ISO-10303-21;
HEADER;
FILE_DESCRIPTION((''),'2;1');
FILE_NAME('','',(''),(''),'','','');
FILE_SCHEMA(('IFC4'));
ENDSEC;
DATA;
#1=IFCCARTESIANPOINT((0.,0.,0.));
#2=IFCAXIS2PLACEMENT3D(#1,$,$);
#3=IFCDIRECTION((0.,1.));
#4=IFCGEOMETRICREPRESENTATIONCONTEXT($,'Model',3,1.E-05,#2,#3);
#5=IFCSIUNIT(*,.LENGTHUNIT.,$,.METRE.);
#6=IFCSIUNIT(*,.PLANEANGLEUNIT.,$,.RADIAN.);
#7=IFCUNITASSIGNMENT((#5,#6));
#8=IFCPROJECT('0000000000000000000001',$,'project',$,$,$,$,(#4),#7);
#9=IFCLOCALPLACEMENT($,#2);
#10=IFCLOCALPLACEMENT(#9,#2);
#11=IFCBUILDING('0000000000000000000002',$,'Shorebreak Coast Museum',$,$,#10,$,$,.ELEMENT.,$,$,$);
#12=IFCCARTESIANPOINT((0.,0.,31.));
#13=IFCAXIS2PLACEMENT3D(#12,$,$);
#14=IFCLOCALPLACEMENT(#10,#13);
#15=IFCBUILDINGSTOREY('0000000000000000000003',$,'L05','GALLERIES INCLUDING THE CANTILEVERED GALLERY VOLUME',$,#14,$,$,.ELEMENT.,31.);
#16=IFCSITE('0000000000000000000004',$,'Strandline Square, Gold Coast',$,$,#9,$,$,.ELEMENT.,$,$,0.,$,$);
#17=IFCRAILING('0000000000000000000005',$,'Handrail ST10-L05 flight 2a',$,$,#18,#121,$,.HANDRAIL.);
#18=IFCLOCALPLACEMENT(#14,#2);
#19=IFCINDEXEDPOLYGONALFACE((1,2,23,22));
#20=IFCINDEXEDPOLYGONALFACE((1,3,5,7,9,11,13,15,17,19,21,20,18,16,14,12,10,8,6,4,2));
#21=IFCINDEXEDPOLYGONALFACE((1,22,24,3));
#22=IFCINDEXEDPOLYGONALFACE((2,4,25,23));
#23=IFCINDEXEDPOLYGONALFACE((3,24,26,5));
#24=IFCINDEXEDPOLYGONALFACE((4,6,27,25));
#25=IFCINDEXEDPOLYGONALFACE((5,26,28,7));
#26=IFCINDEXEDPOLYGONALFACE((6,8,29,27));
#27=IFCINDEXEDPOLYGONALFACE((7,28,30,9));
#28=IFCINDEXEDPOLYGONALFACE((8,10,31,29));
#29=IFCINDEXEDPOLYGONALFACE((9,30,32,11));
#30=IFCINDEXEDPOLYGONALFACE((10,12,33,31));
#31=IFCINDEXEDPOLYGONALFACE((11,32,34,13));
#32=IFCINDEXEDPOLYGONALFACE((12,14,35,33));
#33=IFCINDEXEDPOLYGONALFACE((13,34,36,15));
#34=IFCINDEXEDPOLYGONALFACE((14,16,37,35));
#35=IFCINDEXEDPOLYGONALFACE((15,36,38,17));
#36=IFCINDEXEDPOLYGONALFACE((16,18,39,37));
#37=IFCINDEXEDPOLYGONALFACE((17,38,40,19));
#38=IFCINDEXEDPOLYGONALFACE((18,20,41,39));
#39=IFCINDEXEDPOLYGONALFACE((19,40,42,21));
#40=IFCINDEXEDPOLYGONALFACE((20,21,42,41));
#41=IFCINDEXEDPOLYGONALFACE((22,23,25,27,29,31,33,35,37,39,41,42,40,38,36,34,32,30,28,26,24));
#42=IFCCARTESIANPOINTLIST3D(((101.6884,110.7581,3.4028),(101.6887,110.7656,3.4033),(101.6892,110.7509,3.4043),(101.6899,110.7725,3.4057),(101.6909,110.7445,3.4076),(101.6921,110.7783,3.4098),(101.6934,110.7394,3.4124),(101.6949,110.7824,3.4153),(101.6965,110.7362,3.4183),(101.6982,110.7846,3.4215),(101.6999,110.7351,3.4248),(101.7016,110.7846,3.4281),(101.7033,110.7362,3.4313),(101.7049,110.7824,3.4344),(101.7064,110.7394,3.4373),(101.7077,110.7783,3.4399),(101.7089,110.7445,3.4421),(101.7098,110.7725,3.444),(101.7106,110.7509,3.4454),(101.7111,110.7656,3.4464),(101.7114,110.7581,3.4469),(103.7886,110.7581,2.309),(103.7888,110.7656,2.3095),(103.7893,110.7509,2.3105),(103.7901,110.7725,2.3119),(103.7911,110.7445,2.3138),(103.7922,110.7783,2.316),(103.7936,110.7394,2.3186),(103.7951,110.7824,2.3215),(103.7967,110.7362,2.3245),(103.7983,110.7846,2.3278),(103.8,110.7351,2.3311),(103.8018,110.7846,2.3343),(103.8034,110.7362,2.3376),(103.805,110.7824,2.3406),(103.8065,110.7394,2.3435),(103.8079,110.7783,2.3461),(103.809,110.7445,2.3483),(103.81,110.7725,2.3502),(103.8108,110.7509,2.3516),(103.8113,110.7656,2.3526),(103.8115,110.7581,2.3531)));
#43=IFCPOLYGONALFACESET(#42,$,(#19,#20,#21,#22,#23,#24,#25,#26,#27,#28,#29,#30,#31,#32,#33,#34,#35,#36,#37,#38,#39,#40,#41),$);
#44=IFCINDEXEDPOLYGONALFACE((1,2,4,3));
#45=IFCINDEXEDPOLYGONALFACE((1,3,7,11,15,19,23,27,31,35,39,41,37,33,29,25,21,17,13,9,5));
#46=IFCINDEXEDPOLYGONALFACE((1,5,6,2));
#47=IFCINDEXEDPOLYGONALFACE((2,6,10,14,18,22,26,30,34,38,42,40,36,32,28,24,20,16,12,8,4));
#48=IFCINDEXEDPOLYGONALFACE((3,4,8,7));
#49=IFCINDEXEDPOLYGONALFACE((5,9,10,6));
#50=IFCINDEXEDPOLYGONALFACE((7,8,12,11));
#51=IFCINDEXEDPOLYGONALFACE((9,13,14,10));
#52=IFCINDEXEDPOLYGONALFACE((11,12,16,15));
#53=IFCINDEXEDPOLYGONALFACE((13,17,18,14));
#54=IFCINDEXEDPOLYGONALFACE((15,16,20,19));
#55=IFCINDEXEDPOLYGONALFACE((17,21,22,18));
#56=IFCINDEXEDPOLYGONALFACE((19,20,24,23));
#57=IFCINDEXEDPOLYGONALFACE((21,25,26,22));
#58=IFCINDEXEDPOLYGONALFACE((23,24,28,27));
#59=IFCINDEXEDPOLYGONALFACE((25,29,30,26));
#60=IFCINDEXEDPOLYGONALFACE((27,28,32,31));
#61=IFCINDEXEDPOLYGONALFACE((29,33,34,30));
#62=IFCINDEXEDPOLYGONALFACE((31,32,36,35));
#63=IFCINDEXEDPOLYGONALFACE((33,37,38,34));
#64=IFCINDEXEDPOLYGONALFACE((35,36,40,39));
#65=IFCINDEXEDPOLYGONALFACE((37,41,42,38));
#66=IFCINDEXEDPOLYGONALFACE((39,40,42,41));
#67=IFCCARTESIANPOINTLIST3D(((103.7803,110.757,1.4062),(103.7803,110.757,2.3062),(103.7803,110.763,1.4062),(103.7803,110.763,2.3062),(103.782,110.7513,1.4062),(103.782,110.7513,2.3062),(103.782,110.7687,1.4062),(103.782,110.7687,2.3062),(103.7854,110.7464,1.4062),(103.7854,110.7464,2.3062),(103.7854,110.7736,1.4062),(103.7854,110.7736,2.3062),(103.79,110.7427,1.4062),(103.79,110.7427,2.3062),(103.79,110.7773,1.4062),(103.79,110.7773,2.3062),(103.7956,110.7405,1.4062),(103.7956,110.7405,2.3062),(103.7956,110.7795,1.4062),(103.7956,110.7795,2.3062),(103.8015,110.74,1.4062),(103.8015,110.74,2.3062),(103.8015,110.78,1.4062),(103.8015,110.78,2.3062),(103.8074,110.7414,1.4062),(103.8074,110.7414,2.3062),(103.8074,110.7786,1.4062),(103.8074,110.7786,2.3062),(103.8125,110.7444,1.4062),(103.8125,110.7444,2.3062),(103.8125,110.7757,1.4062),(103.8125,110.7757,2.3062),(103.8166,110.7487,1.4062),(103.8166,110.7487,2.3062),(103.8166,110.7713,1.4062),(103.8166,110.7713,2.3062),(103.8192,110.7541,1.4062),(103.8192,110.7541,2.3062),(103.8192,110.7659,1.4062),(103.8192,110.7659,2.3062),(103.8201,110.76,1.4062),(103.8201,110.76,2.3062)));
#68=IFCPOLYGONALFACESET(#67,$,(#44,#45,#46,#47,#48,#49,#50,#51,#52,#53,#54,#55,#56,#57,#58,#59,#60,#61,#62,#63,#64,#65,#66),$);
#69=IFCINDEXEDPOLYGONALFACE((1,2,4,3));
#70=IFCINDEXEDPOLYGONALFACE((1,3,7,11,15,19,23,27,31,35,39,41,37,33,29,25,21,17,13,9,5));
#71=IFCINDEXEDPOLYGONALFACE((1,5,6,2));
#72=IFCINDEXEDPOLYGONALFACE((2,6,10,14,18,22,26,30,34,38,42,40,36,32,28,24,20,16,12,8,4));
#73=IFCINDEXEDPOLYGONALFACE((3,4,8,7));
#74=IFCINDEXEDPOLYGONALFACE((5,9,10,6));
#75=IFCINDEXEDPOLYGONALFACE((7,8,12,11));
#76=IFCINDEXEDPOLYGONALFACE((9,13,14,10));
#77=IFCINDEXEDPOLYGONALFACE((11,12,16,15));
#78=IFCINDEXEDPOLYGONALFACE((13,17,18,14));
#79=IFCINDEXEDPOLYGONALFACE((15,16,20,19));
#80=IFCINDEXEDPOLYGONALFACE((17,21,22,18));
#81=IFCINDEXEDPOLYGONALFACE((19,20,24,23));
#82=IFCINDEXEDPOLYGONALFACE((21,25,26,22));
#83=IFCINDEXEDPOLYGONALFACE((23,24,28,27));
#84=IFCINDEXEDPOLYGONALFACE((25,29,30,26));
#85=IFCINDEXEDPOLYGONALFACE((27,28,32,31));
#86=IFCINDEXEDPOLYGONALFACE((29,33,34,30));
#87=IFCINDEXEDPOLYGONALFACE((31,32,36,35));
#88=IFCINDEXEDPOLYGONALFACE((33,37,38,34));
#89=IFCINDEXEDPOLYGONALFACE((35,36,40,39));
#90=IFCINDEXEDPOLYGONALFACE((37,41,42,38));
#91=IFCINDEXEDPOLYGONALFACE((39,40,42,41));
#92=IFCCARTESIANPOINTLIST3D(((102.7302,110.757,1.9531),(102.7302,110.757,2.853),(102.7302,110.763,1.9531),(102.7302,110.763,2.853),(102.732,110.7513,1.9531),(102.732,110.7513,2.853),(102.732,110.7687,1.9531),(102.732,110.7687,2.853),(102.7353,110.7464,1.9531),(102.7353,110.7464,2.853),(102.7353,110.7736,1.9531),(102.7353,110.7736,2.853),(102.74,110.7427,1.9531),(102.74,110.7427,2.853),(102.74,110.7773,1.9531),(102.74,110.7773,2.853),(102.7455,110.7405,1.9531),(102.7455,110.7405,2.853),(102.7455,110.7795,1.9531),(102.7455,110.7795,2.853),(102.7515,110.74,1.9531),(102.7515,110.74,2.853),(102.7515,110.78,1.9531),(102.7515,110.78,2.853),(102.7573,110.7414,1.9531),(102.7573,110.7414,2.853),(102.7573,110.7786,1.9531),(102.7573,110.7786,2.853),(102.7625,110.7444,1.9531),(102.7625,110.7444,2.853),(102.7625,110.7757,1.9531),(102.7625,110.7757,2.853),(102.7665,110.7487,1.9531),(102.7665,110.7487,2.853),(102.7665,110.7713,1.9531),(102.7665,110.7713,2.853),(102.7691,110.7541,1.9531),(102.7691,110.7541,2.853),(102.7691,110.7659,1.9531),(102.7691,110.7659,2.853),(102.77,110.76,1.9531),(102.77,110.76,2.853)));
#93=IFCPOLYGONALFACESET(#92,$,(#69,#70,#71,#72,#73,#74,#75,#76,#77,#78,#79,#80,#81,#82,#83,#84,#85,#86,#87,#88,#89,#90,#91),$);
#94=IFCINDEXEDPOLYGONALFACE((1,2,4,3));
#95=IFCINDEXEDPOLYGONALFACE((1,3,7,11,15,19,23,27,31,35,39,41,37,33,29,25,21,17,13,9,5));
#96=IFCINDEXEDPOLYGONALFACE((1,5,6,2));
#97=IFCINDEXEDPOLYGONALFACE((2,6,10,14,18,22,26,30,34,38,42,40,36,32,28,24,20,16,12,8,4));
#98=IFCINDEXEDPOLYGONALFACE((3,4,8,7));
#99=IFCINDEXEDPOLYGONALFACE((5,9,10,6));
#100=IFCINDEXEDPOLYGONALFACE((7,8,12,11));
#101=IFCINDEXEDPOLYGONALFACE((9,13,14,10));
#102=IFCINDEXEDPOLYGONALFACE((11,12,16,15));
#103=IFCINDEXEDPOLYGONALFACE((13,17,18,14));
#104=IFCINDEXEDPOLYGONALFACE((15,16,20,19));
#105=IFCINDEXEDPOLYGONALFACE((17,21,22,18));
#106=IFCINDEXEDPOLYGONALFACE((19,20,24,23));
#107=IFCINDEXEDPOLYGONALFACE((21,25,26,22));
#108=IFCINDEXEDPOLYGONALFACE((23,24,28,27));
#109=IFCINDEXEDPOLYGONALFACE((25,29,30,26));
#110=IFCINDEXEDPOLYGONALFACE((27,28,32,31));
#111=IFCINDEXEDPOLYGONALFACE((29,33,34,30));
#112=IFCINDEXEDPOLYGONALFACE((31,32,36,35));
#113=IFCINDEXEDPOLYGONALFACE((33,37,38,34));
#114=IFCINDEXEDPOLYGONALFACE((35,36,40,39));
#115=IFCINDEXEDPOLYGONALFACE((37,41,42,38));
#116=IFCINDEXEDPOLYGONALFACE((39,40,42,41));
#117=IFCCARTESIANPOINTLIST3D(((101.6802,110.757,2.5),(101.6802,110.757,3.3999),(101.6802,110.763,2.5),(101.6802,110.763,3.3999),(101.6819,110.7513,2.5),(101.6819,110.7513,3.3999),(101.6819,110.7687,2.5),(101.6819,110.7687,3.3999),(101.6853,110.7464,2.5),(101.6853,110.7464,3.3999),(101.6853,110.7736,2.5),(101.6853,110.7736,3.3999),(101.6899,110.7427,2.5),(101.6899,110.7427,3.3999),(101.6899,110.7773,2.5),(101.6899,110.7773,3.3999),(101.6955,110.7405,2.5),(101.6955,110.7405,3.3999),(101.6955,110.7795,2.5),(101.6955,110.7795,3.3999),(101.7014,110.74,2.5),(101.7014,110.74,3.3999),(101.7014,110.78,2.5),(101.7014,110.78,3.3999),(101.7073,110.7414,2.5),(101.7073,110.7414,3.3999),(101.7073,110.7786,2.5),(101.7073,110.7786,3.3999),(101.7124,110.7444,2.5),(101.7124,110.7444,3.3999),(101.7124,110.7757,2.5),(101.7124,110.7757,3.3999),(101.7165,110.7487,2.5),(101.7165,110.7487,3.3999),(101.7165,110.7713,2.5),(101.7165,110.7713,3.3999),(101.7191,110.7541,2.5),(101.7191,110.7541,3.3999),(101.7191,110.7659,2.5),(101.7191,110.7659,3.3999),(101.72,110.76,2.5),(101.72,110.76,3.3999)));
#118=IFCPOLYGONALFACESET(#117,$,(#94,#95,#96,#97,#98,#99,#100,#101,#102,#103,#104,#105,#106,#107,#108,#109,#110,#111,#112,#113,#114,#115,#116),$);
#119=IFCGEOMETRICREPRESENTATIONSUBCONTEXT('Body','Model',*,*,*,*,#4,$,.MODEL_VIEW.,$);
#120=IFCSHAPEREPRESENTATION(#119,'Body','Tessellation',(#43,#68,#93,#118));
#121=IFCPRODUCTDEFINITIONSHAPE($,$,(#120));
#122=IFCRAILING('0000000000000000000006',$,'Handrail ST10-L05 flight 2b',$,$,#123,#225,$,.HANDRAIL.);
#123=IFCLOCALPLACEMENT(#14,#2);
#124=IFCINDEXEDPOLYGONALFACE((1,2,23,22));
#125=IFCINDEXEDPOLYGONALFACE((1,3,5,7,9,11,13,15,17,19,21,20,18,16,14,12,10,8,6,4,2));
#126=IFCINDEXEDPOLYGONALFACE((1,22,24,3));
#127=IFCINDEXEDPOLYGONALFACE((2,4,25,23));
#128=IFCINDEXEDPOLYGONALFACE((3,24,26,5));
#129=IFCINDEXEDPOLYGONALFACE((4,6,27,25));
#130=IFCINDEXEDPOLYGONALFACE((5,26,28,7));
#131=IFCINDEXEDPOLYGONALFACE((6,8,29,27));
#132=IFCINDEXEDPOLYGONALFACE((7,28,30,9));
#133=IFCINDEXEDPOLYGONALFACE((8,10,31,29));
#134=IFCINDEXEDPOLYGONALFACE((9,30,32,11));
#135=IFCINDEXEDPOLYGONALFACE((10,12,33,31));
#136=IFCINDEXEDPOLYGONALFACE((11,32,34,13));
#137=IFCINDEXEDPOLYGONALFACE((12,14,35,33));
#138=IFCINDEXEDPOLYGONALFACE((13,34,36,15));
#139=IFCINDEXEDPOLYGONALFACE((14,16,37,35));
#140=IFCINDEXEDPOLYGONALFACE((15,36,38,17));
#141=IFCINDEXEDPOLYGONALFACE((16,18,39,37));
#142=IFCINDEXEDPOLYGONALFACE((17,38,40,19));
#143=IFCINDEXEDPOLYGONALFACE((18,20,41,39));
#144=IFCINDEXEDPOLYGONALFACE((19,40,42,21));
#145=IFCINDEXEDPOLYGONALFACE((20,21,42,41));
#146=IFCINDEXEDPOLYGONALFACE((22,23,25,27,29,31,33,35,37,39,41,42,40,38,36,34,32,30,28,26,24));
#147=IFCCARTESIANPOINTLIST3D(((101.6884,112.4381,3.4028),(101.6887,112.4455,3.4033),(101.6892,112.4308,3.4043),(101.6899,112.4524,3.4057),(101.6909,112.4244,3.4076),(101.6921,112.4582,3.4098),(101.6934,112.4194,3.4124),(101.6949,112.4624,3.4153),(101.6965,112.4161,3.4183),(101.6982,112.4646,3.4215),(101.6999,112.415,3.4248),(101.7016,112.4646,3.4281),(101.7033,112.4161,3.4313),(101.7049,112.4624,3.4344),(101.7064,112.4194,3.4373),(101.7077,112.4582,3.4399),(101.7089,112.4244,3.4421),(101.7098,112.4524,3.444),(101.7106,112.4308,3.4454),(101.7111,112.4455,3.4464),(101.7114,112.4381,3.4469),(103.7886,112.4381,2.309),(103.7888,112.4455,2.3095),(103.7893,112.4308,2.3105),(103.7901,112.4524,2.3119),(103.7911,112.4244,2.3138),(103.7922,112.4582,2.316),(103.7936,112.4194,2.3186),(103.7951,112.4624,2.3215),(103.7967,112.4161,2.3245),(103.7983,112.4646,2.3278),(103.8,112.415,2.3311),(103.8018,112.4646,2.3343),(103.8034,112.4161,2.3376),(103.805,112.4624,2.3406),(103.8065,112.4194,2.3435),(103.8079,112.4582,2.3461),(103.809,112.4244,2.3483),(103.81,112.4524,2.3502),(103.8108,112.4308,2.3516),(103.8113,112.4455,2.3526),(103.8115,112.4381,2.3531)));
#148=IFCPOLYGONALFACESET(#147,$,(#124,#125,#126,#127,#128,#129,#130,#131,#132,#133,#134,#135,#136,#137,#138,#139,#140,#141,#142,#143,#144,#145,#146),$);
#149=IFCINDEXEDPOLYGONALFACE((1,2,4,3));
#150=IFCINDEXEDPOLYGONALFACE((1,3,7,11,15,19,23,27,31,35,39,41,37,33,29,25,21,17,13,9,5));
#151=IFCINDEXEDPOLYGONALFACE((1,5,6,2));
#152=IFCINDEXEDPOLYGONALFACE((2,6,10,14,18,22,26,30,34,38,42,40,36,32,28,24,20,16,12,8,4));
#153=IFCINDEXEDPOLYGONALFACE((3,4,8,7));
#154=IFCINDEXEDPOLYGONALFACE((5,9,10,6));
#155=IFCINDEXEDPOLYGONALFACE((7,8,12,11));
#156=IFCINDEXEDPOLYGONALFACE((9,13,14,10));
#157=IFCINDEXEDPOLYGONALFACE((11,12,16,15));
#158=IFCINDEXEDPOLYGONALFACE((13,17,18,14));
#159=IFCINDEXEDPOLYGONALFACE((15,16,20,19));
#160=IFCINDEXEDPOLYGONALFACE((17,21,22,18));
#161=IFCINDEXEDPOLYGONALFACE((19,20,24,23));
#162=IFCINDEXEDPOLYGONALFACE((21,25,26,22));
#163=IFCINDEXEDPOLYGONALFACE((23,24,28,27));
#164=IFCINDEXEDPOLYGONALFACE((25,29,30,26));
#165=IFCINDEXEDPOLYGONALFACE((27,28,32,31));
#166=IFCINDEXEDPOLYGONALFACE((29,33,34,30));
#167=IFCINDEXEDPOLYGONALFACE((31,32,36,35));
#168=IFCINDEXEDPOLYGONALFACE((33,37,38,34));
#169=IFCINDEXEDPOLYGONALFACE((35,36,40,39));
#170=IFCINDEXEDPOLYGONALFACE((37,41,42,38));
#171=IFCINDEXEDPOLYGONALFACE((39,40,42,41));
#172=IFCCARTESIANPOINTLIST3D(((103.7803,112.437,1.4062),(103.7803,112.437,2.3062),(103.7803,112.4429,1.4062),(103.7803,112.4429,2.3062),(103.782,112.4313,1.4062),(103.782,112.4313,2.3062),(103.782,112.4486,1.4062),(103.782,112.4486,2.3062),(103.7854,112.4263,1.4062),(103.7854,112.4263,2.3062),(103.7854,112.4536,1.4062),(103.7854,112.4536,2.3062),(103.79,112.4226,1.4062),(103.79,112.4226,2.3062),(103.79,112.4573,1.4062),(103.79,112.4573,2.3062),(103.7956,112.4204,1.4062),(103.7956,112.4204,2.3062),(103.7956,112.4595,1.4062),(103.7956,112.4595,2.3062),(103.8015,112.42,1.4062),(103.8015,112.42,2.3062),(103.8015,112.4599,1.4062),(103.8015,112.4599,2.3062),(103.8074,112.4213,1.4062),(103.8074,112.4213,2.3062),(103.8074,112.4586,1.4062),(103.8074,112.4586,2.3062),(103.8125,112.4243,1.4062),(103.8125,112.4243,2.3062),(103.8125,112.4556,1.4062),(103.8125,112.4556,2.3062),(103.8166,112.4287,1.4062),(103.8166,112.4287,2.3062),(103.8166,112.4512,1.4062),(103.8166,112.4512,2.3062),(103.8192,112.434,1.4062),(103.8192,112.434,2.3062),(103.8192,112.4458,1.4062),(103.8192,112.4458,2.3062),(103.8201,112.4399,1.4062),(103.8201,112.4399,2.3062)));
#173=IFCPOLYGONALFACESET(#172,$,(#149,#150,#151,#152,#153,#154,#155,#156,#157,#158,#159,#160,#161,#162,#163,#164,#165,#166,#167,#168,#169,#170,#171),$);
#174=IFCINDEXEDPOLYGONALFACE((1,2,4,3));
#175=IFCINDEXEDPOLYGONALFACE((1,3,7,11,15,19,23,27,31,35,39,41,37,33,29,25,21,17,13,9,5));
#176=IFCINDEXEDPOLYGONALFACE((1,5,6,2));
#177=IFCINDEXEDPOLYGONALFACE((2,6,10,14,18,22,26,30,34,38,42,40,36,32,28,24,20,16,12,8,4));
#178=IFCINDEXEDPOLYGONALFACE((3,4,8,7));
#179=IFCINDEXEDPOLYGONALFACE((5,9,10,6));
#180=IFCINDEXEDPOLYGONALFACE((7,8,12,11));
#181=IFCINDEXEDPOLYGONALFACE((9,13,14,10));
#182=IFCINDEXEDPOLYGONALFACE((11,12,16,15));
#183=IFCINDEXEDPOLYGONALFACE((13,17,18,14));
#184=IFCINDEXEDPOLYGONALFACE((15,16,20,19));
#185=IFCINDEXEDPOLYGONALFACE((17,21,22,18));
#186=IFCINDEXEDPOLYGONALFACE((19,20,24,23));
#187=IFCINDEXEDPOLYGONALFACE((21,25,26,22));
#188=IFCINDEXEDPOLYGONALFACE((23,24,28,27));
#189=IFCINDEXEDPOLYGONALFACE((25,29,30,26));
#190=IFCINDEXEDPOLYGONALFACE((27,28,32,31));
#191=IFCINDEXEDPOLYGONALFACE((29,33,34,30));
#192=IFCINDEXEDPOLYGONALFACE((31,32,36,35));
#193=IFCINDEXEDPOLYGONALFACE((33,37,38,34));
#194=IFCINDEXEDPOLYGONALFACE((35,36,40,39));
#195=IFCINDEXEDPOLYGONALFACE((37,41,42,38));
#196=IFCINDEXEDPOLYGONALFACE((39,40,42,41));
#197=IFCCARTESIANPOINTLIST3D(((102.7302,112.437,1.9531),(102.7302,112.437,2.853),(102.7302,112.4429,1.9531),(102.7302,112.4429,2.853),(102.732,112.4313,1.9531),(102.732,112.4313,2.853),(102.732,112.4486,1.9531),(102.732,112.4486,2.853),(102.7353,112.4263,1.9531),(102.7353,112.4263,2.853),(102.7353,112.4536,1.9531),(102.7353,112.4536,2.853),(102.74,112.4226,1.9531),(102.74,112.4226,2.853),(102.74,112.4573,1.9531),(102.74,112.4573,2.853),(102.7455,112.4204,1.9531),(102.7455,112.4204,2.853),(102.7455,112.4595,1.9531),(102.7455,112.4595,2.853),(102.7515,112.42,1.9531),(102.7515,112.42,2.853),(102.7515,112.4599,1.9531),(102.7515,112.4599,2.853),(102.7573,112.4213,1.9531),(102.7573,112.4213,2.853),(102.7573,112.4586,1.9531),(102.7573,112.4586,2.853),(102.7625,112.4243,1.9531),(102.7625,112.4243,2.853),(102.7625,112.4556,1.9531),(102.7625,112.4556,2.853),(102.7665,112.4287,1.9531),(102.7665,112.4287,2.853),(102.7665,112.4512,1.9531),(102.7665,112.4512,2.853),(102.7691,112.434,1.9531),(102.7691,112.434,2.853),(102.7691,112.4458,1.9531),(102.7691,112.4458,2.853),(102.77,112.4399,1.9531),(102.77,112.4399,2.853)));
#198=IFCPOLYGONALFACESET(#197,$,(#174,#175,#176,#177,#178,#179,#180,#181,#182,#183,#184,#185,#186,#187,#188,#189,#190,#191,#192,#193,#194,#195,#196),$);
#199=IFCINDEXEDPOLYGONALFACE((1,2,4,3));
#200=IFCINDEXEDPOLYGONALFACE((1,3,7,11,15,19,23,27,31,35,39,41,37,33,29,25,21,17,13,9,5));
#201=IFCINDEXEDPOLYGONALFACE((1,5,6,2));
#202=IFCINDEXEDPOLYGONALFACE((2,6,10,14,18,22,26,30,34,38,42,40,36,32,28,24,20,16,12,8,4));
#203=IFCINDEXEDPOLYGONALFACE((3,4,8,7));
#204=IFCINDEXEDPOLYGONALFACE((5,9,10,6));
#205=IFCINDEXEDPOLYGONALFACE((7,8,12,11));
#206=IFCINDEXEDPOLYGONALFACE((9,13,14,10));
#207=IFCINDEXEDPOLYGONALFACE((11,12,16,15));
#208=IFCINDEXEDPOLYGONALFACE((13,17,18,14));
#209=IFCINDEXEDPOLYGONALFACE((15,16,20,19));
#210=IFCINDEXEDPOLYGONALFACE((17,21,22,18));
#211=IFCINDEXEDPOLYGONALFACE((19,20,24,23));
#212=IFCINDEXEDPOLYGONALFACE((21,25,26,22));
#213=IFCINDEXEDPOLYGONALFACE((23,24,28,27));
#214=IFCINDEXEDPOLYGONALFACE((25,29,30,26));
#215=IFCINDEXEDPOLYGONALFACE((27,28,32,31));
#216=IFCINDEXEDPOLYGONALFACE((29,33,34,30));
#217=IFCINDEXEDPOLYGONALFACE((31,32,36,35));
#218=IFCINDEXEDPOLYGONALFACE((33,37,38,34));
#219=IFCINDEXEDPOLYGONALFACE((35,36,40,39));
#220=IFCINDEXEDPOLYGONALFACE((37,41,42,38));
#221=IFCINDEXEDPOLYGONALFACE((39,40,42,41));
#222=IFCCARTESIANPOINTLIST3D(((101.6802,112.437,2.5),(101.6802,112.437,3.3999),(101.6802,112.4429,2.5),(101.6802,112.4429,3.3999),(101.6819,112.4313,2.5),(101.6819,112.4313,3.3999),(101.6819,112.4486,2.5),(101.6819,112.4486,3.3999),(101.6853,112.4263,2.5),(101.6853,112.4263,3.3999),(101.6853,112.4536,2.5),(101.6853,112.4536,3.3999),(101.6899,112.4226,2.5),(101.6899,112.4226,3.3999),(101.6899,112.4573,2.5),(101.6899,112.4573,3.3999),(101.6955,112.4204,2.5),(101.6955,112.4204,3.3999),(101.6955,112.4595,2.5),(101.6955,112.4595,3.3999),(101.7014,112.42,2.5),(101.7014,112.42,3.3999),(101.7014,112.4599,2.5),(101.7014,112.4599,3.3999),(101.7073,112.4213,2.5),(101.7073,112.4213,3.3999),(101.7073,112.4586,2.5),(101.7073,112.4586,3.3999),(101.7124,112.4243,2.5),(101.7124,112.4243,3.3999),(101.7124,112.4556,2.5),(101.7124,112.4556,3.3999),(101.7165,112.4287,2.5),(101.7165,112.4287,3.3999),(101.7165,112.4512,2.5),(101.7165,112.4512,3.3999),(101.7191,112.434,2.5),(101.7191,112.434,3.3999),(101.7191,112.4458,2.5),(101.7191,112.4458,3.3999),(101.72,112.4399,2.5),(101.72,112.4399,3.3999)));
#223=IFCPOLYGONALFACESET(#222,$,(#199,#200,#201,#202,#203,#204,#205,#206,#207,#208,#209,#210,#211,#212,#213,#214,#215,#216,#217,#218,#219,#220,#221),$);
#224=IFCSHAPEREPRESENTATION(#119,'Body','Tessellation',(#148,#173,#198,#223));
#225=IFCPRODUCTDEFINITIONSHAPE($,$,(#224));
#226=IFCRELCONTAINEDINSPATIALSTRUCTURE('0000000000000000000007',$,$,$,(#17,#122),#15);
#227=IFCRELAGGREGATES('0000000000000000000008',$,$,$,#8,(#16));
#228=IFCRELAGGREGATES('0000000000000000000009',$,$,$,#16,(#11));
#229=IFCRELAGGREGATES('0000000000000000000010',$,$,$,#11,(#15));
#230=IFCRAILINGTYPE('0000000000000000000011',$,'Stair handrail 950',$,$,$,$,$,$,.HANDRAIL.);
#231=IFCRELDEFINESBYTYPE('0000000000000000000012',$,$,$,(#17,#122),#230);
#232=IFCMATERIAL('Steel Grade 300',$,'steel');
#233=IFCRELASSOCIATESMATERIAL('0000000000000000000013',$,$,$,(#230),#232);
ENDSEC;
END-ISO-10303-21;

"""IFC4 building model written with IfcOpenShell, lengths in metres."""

from ifc_helpers import new_model, si_unit, direction, frame, origin, origin_2d, place, context, subcontext, project, spatial, circle, extrude, material, type_object, element, save


model = new_model("IFC4")

# Units and contexts
model_context = context("Model", 3, precision=1e-05, world=origin(), true_north=direction((0.0, 1.0)))
body_context = subcontext(model_context, "Body", "Model", "MODEL_VIEW")
ifc_project = project(units=[si_unit("LENGTHUNIT", "METRE"), si_unit("PLANEANGLEUNIT", "RADIAN")], contexts=[model_context])

# Site, building, storey
site_placement = place(None, origin())
site = spatial("IfcSite", under=ifc_project, at=site_placement, Name="Strandline Square, Gold Coast", CompositionType="ELEMENT", RefElevation=0.0)
building_placement = place(site_placement, origin())
building = spatial("IfcBuilding", under=site, at=building_placement, Name="Shorebreak Coast Museum", CompositionType="ELEMENT")
storey_placement = place(building_placement, frame((0.0, 0.0, 31.0)))
storey = spatial("IfcBuildingStorey", under=building, at=storey_placement, Name="L05", Description="GALLERIES INCLUDING THE CANTILEVERED GALLERY VOLUME", CompositionType="ELEMENT", Elevation=31.0)

# Railings
ifc_material_1 = material(Name="Steel Grade 300", Category="steel")
railing_type_1 = type_object("IfcRailingType", Name="Stair handrail 950", PredefinedType="HANDRAIL", material=ifc_material_1)
for number, where, name in (
    (1, (103.8, 110.76, 1.4062), "Handrail ST10-L05 flight 2a"),
    (2, (103.8, 112.4399, 1.4062), "Handrail ST10-L05 flight 2b"),
):
    element("IfcRailing", number, at=place(storey_placement, frame(where)), inside=storey, type_object=railing_type_1, Name=name, PredefinedType="HANDRAIL", context=body_context, shape_type="SweptSolid", body=[
        extrude(circle(Radius=0.0249, at=origin_2d()), frame((0.0, 0.0, 0.9248), z_axis=(-0.886923, 0.0, 0.461918), x_axis=(0.0, -1.0, 0.0)), (0.0, 0.0, 1.0), 2.3679),
        extrude(circle(Radius=0.02, at=origin_2d()), origin(), (0.0, 0.0, 1.0), 0.8999),
        extrude(circle(Radius=0.02, at=origin_2d()), frame((-1.05, 0.0, 0.5469)), (0.0, 0.0, 1.0), 0.8999),
        extrude(circle(Radius=0.02, at=origin_2d()), frame((-2.1001, 0.0, 1.0938)), (0.0, 0.0, 1.0), 0.8999),
    ])

save(model, "model.ifc")
